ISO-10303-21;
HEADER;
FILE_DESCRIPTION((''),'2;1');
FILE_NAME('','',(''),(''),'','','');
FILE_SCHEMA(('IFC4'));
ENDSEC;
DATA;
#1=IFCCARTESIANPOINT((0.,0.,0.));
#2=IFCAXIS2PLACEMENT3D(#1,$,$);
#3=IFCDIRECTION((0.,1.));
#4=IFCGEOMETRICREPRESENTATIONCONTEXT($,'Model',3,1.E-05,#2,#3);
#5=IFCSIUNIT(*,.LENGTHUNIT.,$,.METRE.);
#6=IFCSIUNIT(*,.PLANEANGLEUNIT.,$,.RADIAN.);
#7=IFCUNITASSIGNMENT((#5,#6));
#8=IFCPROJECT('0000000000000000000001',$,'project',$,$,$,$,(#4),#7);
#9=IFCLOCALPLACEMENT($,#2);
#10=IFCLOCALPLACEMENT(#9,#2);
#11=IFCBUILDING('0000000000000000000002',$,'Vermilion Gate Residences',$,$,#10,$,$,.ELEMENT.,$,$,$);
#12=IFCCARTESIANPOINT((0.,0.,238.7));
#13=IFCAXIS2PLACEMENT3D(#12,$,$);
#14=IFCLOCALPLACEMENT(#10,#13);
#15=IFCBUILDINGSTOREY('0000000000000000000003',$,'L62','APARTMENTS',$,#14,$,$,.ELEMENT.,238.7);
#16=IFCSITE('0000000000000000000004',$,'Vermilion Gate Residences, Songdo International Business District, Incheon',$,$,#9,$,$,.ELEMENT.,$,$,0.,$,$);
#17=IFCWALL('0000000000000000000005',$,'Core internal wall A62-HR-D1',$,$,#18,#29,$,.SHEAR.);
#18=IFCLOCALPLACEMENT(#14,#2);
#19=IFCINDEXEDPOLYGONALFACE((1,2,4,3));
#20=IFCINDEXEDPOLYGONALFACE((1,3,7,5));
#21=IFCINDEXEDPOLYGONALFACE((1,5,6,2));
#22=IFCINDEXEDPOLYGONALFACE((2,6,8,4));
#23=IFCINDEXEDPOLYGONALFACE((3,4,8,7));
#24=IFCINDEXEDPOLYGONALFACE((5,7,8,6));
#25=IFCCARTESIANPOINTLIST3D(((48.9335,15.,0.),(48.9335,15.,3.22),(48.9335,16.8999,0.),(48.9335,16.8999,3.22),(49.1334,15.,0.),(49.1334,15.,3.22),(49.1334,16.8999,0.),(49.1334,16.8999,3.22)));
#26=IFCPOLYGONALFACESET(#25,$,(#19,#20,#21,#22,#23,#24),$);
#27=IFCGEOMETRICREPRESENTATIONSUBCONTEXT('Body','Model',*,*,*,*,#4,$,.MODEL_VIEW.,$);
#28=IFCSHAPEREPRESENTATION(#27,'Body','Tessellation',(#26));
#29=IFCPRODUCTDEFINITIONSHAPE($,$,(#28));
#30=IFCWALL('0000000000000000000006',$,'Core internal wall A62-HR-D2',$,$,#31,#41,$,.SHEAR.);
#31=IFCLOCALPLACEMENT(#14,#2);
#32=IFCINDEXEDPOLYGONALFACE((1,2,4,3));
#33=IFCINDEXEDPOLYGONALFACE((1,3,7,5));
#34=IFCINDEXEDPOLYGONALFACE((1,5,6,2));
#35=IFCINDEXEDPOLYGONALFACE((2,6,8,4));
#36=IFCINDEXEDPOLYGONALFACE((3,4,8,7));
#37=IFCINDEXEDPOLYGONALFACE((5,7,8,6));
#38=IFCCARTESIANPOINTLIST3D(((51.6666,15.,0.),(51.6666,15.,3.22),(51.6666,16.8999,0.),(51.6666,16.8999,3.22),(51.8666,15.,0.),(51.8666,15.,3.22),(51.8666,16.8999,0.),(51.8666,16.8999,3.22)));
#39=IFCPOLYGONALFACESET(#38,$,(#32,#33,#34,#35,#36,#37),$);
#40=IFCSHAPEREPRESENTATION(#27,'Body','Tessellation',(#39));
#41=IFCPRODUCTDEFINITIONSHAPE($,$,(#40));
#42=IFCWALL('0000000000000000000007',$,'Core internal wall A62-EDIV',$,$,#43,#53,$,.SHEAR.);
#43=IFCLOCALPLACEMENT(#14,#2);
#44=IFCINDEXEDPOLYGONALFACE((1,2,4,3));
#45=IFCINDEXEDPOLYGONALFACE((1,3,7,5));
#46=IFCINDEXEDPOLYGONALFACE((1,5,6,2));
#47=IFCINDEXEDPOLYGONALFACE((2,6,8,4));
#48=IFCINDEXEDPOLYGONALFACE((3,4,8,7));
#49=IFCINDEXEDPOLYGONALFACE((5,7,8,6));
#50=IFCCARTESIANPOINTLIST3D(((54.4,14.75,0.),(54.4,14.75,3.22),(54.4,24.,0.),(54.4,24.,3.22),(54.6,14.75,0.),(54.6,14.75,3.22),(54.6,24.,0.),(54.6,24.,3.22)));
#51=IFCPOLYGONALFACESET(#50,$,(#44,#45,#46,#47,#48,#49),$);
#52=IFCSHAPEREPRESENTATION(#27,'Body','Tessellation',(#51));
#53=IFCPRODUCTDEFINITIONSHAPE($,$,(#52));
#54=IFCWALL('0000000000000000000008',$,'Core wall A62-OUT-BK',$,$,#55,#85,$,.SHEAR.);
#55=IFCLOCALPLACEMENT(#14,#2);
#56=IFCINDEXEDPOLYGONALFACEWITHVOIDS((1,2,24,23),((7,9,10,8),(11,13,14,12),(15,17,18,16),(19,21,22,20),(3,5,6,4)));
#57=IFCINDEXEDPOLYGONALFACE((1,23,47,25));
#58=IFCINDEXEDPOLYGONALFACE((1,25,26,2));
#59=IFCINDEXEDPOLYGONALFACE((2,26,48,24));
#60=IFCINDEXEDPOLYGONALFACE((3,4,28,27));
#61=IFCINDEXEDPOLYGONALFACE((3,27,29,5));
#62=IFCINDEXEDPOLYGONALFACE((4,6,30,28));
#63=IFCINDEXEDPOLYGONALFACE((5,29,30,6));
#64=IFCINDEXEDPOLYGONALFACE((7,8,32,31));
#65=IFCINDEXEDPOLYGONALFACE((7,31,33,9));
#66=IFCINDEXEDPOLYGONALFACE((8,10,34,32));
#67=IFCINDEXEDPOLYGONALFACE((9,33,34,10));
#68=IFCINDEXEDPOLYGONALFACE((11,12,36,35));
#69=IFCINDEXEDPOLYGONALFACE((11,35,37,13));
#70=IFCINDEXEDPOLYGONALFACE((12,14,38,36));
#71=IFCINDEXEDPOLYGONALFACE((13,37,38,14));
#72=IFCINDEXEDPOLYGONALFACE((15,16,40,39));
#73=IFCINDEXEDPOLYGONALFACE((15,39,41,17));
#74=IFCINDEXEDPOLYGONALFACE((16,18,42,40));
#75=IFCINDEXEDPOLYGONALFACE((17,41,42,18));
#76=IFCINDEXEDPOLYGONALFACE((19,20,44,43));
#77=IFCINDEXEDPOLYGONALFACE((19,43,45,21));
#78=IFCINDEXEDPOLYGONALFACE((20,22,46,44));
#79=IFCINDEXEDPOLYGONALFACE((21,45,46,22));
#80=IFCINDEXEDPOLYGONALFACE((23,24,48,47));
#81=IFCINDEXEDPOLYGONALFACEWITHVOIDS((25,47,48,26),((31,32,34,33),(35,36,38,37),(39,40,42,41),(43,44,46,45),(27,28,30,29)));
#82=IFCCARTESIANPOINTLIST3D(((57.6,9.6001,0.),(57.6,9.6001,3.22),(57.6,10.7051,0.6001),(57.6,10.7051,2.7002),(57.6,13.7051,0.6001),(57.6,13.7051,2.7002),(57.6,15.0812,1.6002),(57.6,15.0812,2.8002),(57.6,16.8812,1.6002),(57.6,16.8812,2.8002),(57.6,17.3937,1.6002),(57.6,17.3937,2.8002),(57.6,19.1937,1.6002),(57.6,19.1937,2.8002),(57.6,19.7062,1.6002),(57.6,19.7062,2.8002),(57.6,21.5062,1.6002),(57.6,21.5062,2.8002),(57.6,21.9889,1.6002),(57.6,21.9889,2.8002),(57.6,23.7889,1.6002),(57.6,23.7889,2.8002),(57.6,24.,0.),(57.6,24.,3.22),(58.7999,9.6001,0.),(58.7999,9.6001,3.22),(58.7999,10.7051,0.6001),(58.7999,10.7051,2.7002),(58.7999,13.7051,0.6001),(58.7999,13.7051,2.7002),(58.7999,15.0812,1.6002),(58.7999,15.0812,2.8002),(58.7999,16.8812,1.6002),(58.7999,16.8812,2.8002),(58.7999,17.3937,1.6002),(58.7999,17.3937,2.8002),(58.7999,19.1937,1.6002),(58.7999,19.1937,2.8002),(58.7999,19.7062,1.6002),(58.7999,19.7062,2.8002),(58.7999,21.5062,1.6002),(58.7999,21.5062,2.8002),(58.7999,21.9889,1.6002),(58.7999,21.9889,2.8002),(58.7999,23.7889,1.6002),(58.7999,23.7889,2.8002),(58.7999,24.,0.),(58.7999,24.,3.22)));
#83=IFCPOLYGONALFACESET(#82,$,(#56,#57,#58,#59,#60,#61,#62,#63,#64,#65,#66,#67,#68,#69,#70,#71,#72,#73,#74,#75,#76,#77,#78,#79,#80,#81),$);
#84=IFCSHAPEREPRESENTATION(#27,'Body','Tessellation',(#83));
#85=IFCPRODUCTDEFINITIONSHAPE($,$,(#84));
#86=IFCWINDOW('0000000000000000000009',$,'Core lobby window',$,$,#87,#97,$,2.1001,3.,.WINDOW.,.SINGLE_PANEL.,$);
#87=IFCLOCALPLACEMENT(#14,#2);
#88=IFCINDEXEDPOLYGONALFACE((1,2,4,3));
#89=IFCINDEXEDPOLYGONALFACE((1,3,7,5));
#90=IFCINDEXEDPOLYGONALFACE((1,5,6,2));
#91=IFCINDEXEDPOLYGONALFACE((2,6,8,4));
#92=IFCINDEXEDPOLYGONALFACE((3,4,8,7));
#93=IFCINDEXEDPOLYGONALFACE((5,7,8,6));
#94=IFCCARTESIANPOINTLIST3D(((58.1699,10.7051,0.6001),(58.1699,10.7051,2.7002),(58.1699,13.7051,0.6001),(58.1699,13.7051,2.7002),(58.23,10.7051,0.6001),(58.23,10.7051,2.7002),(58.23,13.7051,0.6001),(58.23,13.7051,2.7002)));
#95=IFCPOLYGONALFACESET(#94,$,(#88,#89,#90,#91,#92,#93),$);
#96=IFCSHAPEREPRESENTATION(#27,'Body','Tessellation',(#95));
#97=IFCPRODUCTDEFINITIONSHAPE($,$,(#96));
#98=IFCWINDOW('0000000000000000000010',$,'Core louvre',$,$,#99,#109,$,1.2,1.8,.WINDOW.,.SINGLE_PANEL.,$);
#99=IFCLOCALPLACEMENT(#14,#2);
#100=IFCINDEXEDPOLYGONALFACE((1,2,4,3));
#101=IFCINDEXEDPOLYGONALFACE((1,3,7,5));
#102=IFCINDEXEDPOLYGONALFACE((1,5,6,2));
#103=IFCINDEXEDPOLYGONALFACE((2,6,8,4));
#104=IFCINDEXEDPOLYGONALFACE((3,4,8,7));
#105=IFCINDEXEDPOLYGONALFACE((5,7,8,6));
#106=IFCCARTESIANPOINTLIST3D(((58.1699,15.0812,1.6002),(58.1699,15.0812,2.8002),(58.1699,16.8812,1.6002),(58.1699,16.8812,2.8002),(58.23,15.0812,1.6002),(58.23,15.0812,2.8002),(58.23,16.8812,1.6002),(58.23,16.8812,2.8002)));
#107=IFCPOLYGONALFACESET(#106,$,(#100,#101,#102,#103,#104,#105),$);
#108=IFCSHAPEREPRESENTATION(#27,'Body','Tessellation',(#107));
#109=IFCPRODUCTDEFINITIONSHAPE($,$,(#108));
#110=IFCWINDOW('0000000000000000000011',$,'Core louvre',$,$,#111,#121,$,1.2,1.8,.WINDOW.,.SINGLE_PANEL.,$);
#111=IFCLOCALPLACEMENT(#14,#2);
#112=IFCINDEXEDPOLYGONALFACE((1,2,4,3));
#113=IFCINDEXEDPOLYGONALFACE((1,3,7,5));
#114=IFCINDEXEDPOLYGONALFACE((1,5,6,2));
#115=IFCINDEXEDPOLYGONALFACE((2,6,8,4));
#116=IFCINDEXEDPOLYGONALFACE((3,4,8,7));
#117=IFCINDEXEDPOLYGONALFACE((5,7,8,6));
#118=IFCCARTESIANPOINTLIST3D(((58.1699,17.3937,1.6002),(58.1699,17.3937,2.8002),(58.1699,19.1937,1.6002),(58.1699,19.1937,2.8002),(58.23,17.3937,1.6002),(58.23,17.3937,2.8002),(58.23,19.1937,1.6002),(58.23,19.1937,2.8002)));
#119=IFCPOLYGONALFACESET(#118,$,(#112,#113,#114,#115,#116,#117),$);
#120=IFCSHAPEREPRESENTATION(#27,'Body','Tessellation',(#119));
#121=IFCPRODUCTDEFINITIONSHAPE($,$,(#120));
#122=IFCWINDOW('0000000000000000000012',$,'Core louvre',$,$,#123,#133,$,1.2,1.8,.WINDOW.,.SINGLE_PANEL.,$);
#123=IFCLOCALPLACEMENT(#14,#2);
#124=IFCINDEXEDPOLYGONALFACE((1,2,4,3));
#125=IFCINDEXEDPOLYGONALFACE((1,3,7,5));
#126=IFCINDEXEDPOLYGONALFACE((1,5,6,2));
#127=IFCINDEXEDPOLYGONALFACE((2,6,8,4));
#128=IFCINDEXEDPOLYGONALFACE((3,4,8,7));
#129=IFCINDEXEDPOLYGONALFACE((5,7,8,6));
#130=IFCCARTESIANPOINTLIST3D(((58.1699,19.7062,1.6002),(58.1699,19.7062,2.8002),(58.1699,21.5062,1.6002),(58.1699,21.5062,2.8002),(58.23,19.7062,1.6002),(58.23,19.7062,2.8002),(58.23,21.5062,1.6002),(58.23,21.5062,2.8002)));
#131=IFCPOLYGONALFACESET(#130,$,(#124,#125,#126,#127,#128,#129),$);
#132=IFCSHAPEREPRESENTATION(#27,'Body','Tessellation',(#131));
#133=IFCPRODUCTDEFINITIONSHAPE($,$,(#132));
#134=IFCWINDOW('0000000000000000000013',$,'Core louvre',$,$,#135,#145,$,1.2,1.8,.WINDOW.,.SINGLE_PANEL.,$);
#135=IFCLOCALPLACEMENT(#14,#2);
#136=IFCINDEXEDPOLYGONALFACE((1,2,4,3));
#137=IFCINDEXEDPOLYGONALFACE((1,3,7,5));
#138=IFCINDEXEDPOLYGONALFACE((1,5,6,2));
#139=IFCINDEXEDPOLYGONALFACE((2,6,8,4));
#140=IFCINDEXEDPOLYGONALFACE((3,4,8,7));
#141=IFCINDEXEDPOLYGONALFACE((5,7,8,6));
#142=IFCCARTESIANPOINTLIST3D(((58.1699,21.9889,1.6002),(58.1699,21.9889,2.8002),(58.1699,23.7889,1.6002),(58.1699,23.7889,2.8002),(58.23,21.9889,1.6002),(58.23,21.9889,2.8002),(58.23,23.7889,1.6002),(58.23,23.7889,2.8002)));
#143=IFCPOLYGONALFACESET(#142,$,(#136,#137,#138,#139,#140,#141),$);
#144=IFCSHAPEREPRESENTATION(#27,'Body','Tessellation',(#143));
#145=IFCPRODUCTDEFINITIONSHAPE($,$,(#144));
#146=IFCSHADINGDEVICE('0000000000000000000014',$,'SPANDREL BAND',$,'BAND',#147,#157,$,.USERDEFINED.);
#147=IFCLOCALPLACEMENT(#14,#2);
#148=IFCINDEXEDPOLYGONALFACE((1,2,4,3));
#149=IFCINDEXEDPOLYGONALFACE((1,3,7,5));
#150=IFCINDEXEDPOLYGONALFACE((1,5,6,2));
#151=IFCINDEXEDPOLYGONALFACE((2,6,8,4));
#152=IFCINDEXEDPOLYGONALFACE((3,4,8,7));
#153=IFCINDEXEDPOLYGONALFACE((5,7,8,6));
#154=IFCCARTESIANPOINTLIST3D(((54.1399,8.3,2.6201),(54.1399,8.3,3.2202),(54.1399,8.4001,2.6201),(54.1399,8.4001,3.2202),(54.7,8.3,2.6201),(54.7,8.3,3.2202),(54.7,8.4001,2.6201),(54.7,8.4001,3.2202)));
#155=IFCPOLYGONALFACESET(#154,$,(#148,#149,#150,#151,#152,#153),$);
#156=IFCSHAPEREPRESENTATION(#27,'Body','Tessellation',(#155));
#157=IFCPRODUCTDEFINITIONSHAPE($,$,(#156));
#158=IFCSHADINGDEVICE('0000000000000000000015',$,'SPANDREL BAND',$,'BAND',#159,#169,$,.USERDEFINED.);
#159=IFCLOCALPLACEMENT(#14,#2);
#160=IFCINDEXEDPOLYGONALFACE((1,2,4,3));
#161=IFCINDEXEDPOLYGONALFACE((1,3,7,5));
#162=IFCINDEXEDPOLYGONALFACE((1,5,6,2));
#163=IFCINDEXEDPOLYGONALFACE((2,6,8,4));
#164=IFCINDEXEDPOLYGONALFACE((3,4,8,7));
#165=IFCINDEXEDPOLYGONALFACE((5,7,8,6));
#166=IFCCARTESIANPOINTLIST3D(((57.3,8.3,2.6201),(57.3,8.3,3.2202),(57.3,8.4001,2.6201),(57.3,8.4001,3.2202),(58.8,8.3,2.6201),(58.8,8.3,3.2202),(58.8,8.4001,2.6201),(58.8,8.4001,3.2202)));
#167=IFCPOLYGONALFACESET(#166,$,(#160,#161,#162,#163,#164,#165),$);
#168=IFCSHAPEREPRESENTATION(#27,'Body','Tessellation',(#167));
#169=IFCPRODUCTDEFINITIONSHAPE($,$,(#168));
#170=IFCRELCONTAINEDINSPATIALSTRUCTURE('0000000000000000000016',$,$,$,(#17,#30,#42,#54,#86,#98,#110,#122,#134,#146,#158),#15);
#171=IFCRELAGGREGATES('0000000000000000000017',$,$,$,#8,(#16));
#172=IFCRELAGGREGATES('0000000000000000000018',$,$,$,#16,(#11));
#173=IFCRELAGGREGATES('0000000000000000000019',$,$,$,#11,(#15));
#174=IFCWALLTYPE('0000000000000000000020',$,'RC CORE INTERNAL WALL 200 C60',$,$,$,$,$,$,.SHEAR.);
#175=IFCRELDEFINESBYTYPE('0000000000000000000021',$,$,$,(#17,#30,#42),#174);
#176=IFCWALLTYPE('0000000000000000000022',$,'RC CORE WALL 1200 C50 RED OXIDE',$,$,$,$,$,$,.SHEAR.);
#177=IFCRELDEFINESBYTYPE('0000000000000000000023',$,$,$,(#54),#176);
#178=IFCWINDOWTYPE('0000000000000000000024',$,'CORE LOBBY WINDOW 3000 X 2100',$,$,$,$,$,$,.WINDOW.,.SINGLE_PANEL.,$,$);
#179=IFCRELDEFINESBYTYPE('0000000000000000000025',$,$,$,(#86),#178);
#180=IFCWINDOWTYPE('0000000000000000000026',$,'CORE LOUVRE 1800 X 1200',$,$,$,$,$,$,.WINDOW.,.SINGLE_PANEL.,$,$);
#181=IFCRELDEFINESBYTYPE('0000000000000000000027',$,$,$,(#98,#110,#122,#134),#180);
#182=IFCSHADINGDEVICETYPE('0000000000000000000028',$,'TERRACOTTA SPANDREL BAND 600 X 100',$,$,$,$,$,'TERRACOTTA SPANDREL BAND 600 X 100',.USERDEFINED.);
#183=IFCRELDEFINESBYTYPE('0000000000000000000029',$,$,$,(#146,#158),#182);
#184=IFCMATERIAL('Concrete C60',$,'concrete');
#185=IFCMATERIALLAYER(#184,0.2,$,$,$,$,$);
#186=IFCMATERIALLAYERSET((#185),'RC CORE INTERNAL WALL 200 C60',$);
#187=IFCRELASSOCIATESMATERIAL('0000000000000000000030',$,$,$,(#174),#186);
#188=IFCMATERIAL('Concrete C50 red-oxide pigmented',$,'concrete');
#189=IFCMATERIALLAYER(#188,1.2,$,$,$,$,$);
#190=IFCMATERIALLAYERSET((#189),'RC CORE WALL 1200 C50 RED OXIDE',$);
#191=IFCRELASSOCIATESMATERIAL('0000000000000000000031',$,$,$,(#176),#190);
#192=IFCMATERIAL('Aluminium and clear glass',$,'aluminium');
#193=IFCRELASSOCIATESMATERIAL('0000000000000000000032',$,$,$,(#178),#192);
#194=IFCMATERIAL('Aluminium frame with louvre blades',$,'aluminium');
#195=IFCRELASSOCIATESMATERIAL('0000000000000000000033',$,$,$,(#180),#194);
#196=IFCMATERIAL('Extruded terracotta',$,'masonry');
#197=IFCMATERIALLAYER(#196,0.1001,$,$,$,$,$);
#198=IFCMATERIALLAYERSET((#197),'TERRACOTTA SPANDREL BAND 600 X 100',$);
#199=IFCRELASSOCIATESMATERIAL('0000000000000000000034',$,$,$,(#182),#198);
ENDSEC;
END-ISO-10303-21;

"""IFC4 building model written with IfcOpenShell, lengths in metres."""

from ifc_helpers import new_model, si_unit, direction, frame, frame_2d, origin, origin_2d, place, context, subcontext, project, spatial, rectangle, extrude, material, layer, layer_set, type_object, element, fill, save


model = new_model("IFC4")

# Units and contexts
model_context = context("Model", 3, precision=1e-05, world=origin(), true_north=direction((0.0, 1.0)))
body_context = subcontext(model_context, "Body", "Model", "MODEL_VIEW")
ifc_project = project(units=[si_unit("LENGTHUNIT", "METRE"), si_unit("PLANEANGLEUNIT", "RADIAN")], contexts=[model_context])

# Site, building, storey
site_placement = place(None, origin())
site = spatial("IfcSite", under=ifc_project, at=site_placement, Name="Vermilion Gate Residences, Songdo International Business District, Incheon", CompositionType="ELEMENT", RefElevation=0.0)
building_placement = place(site_placement, origin())
building = spatial("IfcBuilding", under=site, at=building_placement, Name="Vermilion Gate Residences", CompositionType="ELEMENT")
storey_placement = place(building_placement, frame((0.0, 0.0, 238.7)))
storey = spatial("IfcBuildingStorey", under=building, at=storey_placement, Name="L62", Description="APARTMENTS", CompositionType="ELEMENT", Elevation=238.7)

# Walls
ifc_material_1 = material(Name="Concrete C60", Category="concrete")
ifc_layer_1 = layer(ifc_material_1, 0.2)
ifc_layer_set_1 = layer_set([ifc_layer_1], Name="RC CORE INTERNAL WALL 200 C60")
wall_type_1 = type_object("IfcWallType", Name="RC CORE INTERNAL WALL 200 C60", PredefinedType="SHEAR", material=ifc_layer_set_1)
for number, where, z_axis, x_axis, name in (
    (1, (49.0334, 15.0, 0.0), (0.0, 0.0, 1.0), (0.0, 1.0, 0.0), "Core internal wall A62-HR-D1"),
    (2, (51.7666, 15.0, 0.0), (0.0, 0.0, 1.0), (0.0, 1.0, 0.0), "Core internal wall A62-HR-D2"),
):
    element("IfcWall", number, at=place(storey_placement, frame(where, z_axis=z_axis, x_axis=x_axis)), inside=storey, type_object=wall_type_1, Name=name, PredefinedType="SHEAR", context=body_context, shape_type="SweptSolid", body=[
        extrude(rectangle(XDim=1.8999, YDim=0.2, at=frame_2d((0.95, 0.0))), origin(), (0.0, 0.0, 1.0), 3.22),
    ])
wall_1_placement = place(storey_placement, frame((54.5, 14.75, 0.0), z_axis=(0.0, 0.0, 1.0), x_axis=(0.0, 1.0, 0.0)))
element("IfcWall", 3, at=wall_1_placement, inside=storey, type_object=wall_type_1, Name="Core internal wall A62-EDIV", PredefinedType="SHEAR", context=body_context, shape_type="SweptSolid", body=[
    extrude(rectangle(XDim=9.25, YDim=0.2, at=frame_2d((4.625, 0.0))), origin(), (0.0, 0.0, 1.0), 3.22),
])

# Wall, openings, windows
ifc_material_2 = material(Name="Concrete C50 red-oxide pigmented", Category="concrete")
ifc_layer_2 = layer(ifc_material_2, 1.2)
ifc_layer_set_2 = layer_set([ifc_layer_2], Name="RC CORE WALL 1200 C50 RED OXIDE")
wall_type_2 = type_object("IfcWallType", Name="RC CORE WALL 1200 C50 RED OXIDE", PredefinedType="SHEAR", material=ifc_layer_set_2)
wall_2_placement = place(storey_placement, frame((58.2, 9.6001, 0.0), z_axis=(0.0, 0.0, 1.0), x_axis=(0.0, 1.0, 0.0)))
wall_2 = element("IfcWall", 4, at=wall_2_placement, inside=storey, type_object=wall_type_2, Name="Core wall A62-OUT-BK", PredefinedType="SHEAR", context=body_context, shape_type="SweptSolid", body=[
    extrude(rectangle(XDim=14.3999, YDim=1.2, at=frame_2d((7.2, 0.0))), origin(), (0.0, 0.0, 1.0), 3.22),
])
opening_1_placement = place(wall_2_placement, frame((1.105, 0.0, 0.6001)))
opening_1 = element("IfcOpeningElement", 5, at=opening_1_placement, cuts=wall_2, PredefinedType="OPENING", context=body_context, shape_type="SweptSolid", body=[
    extrude(rectangle(XDim=3.0, YDim=2.1001, at=frame_2d((1.5, 1.05))), frame((0.0, 0.6099, 0.0), z_axis=(0.0, -1.0, 0.0), x_axis=(1.0, 0.0, 0.0)), (0.0, 0.0, 1.0), 1.22),
])
opening_2_placement = place(wall_2_placement, frame((5.4812, 0.0, 1.6001)))
opening_2 = element("IfcOpeningElement", 6, at=opening_2_placement, cuts=wall_2, PredefinedType="OPENING", context=body_context, shape_type="SweptSolid", body=[
    extrude(rectangle(XDim=1.8, YDim=1.2, at=frame_2d((0.8999, 0.6001))), frame((0.0, 0.6099, 0.0), z_axis=(0.0, -1.0, 0.0), x_axis=(1.0, 0.0, 0.0)), (0.0, 0.0, 1.0), 1.22),
])
opening_3_placement = place(wall_2_placement, frame((7.7937, 0.0, 1.6001)))
opening_3 = element("IfcOpeningElement", 7, at=opening_3_placement, cuts=wall_2, PredefinedType="OPENING", context=body_context, shape_type="SweptSolid", body=[
    extrude(rectangle(XDim=1.8, YDim=1.2, at=frame_2d((0.8999, 0.6001))), frame((0.0, 0.6099, 0.0), z_axis=(0.0, -1.0, 0.0), x_axis=(1.0, 0.0, 0.0)), (0.0, 0.0, 1.0), 1.22),
])
opening_4_placement = place(wall_2_placement, frame((10.1062, 0.0, 1.6001)))
opening_4 = element("IfcOpeningElement", 8, at=opening_4_placement, cuts=wall_2, PredefinedType="OPENING", context=body_context, shape_type="SweptSolid", body=[
    extrude(rectangle(XDim=1.8, YDim=1.2, at=frame_2d((0.8999, 0.6001))), frame((0.0, 0.6099, 0.0), z_axis=(0.0, -1.0, 0.0), x_axis=(1.0, 0.0, 0.0)), (0.0, 0.0, 1.0), 1.22),
])
opening_5_placement = place(wall_2_placement, frame((12.3889, 0.0, 1.6001)))
opening_5 = element("IfcOpeningElement", 9, at=opening_5_placement, cuts=wall_2, PredefinedType="OPENING", context=body_context, shape_type="SweptSolid", body=[
    extrude(rectangle(XDim=1.8, YDim=1.2, at=frame_2d((0.8999, 0.6001))), frame((0.0, 0.6099, 0.0), z_axis=(0.0, -1.0, 0.0), x_axis=(1.0, 0.0, 0.0)), (0.0, 0.0, 1.0), 1.22),
])
ifc_material_3 = material(Name="Aluminium and clear glass", Category="aluminium")
window_type_1 = type_object("IfcWindowType", Name="CORE LOBBY WINDOW 3000 X 2100", PartitioningType="SINGLE_PANEL", PredefinedType="WINDOW", material=ifc_material_3)
window_1_placement = place(opening_1_placement, origin())
window_1 = element("IfcWindow", 10, at=window_1_placement, inside=storey, type_object=window_type_1, Name="Core lobby window", OverallHeight=2.1001, OverallWidth=3.0, PartitioningType="SINGLE_PANEL", PredefinedType="WINDOW", context=body_context, shape_type="SweptSolid", body=[
    extrude(rectangle(XDim=3.0, YDim=2.1001, at=frame_2d((1.5, 1.05))), frame((0.0, 0.03, 0.0), z_axis=(0.0, -1.0, 0.0), x_axis=(1.0, 0.0, 0.0)), (0.0, 0.0, 1.0), 0.0601),
])
fill(opening_1, window_1)
ifc_material_4 = material(Name="Aluminium frame with louvre blades", Category="aluminium")
window_type_2 = type_object("IfcWindowType", Name="CORE LOUVRE 1800 X 1200", PartitioningType="SINGLE_PANEL", PredefinedType="WINDOW", material=ifc_material_4)
window_2_placement = place(opening_2_placement, origin())
window_2 = element("IfcWindow", 11, at=window_2_placement, inside=storey, type_object=window_type_2, Name="Core louvre", OverallHeight=1.2, OverallWidth=1.8, PartitioningType="SINGLE_PANEL", PredefinedType="WINDOW", context=body_context, shape_type="SweptSolid", body=[
    extrude(rectangle(XDim=1.8, YDim=1.2, at=frame_2d((0.8999, 0.6001))), frame((0.0, 0.03, 0.0), z_axis=(0.0, -1.0, 0.0), x_axis=(1.0, 0.0, 0.0)), (0.0, 0.0, 1.0), 0.0601),
])
fill(opening_2, window_2)
window_3_placement = place(opening_3_placement, origin())
window_3 = element("IfcWindow", 12, at=window_3_placement, inside=storey, type_object=window_type_2, Name="Core louvre", OverallHeight=1.2, OverallWidth=1.8, PartitioningType="SINGLE_PANEL", PredefinedType="WINDOW", context=body_context, shape_type="SweptSolid", body=[
    extrude(rectangle(XDim=1.8, YDim=1.2, at=frame_2d((0.8999, 0.6001))), frame((0.0, 0.03, 0.0), z_axis=(0.0, -1.0, 0.0), x_axis=(1.0, 0.0, 0.0)), (0.0, 0.0, 1.0), 0.0601),
])
fill(opening_3, window_3)
window_4_placement = place(opening_4_placement, origin())
window_4 = element("IfcWindow", 13, at=window_4_placement, inside=storey, type_object=window_type_2, Name="Core louvre", OverallHeight=1.2, OverallWidth=1.8, PartitioningType="SINGLE_PANEL", PredefinedType="WINDOW", context=body_context, shape_type="SweptSolid", body=[
    extrude(rectangle(XDim=1.8, YDim=1.2, at=frame_2d((0.8999, 0.6001))), frame((0.0, 0.03, 0.0), z_axis=(0.0, -1.0, 0.0), x_axis=(1.0, 0.0, 0.0)), (0.0, 0.0, 1.0), 0.0601),
])
fill(opening_4, window_4)
window_5_placement = place(opening_5_placement, origin())
window_5 = element("IfcWindow", 14, at=window_5_placement, inside=storey, type_object=window_type_2, Name="Core louvre", OverallHeight=1.2, OverallWidth=1.8, PartitioningType="SINGLE_PANEL", PredefinedType="WINDOW", context=body_context, shape_type="SweptSolid", body=[
    extrude(rectangle(XDim=1.8, YDim=1.2, at=frame_2d((0.8999, 0.6001))), frame((0.0, 0.03, 0.0), z_axis=(0.0, -1.0, 0.0), x_axis=(1.0, 0.0, 0.0)), (0.0, 0.0, 1.0), 0.0601),
])
fill(opening_5, window_5)

# Shading devices
ifc_material_5 = material(Name="Extruded terracotta", Category="masonry")
ifc_layer_3 = layer(ifc_material_5, 0.1001)
ifc_layer_set_3 = layer_set([ifc_layer_3], Name="TERRACOTTA SPANDREL BAND 600 X 100")
shading_device_type = type_object("IfcShadingDeviceType", Name="TERRACOTTA SPANDREL BAND 600 X 100", ElementType="TERRACOTTA SPANDREL BAND 600 X 100", PredefinedType="USERDEFINED", material=ifc_layer_set_3)
shading_device_1_placement = place(storey_placement, frame((54.4199, 8.3501, 2.6201), z_axis=(0.0, 0.0, 1.0), x_axis=(1.0, 0.0, 0.0)))
element("IfcShadingDevice", 15, at=shading_device_1_placement, inside=storey, type_object=shading_device_type, Name="SPANDREL BAND", ObjectType="BAND", PredefinedType="USERDEFINED", context=body_context, shape_type="SweptSolid", body=[
    extrude(rectangle(XDim=0.5601, YDim=0.1001, at=origin_2d()), origin(), (0.0, 0.0, 1.0), 0.6001),
])
shading_device_2_placement = place(storey_placement, frame((58.05, 8.3501, 2.6201), z_axis=(0.0, 0.0, 1.0), x_axis=(1.0, 0.0, 0.0)))
element("IfcShadingDevice", 16, at=shading_device_2_placement, inside=storey, type_object=shading_device_type, Name="SPANDREL BAND", ObjectType="BAND", PredefinedType="USERDEFINED", context=body_context, shape_type="SweptSolid", body=[
    extrude(rectangle(XDim=1.5, YDim=0.1001, at=origin_2d()), origin(), (0.0, 0.0, 1.0), 0.6001),
])

save(model, "model.ifc")
